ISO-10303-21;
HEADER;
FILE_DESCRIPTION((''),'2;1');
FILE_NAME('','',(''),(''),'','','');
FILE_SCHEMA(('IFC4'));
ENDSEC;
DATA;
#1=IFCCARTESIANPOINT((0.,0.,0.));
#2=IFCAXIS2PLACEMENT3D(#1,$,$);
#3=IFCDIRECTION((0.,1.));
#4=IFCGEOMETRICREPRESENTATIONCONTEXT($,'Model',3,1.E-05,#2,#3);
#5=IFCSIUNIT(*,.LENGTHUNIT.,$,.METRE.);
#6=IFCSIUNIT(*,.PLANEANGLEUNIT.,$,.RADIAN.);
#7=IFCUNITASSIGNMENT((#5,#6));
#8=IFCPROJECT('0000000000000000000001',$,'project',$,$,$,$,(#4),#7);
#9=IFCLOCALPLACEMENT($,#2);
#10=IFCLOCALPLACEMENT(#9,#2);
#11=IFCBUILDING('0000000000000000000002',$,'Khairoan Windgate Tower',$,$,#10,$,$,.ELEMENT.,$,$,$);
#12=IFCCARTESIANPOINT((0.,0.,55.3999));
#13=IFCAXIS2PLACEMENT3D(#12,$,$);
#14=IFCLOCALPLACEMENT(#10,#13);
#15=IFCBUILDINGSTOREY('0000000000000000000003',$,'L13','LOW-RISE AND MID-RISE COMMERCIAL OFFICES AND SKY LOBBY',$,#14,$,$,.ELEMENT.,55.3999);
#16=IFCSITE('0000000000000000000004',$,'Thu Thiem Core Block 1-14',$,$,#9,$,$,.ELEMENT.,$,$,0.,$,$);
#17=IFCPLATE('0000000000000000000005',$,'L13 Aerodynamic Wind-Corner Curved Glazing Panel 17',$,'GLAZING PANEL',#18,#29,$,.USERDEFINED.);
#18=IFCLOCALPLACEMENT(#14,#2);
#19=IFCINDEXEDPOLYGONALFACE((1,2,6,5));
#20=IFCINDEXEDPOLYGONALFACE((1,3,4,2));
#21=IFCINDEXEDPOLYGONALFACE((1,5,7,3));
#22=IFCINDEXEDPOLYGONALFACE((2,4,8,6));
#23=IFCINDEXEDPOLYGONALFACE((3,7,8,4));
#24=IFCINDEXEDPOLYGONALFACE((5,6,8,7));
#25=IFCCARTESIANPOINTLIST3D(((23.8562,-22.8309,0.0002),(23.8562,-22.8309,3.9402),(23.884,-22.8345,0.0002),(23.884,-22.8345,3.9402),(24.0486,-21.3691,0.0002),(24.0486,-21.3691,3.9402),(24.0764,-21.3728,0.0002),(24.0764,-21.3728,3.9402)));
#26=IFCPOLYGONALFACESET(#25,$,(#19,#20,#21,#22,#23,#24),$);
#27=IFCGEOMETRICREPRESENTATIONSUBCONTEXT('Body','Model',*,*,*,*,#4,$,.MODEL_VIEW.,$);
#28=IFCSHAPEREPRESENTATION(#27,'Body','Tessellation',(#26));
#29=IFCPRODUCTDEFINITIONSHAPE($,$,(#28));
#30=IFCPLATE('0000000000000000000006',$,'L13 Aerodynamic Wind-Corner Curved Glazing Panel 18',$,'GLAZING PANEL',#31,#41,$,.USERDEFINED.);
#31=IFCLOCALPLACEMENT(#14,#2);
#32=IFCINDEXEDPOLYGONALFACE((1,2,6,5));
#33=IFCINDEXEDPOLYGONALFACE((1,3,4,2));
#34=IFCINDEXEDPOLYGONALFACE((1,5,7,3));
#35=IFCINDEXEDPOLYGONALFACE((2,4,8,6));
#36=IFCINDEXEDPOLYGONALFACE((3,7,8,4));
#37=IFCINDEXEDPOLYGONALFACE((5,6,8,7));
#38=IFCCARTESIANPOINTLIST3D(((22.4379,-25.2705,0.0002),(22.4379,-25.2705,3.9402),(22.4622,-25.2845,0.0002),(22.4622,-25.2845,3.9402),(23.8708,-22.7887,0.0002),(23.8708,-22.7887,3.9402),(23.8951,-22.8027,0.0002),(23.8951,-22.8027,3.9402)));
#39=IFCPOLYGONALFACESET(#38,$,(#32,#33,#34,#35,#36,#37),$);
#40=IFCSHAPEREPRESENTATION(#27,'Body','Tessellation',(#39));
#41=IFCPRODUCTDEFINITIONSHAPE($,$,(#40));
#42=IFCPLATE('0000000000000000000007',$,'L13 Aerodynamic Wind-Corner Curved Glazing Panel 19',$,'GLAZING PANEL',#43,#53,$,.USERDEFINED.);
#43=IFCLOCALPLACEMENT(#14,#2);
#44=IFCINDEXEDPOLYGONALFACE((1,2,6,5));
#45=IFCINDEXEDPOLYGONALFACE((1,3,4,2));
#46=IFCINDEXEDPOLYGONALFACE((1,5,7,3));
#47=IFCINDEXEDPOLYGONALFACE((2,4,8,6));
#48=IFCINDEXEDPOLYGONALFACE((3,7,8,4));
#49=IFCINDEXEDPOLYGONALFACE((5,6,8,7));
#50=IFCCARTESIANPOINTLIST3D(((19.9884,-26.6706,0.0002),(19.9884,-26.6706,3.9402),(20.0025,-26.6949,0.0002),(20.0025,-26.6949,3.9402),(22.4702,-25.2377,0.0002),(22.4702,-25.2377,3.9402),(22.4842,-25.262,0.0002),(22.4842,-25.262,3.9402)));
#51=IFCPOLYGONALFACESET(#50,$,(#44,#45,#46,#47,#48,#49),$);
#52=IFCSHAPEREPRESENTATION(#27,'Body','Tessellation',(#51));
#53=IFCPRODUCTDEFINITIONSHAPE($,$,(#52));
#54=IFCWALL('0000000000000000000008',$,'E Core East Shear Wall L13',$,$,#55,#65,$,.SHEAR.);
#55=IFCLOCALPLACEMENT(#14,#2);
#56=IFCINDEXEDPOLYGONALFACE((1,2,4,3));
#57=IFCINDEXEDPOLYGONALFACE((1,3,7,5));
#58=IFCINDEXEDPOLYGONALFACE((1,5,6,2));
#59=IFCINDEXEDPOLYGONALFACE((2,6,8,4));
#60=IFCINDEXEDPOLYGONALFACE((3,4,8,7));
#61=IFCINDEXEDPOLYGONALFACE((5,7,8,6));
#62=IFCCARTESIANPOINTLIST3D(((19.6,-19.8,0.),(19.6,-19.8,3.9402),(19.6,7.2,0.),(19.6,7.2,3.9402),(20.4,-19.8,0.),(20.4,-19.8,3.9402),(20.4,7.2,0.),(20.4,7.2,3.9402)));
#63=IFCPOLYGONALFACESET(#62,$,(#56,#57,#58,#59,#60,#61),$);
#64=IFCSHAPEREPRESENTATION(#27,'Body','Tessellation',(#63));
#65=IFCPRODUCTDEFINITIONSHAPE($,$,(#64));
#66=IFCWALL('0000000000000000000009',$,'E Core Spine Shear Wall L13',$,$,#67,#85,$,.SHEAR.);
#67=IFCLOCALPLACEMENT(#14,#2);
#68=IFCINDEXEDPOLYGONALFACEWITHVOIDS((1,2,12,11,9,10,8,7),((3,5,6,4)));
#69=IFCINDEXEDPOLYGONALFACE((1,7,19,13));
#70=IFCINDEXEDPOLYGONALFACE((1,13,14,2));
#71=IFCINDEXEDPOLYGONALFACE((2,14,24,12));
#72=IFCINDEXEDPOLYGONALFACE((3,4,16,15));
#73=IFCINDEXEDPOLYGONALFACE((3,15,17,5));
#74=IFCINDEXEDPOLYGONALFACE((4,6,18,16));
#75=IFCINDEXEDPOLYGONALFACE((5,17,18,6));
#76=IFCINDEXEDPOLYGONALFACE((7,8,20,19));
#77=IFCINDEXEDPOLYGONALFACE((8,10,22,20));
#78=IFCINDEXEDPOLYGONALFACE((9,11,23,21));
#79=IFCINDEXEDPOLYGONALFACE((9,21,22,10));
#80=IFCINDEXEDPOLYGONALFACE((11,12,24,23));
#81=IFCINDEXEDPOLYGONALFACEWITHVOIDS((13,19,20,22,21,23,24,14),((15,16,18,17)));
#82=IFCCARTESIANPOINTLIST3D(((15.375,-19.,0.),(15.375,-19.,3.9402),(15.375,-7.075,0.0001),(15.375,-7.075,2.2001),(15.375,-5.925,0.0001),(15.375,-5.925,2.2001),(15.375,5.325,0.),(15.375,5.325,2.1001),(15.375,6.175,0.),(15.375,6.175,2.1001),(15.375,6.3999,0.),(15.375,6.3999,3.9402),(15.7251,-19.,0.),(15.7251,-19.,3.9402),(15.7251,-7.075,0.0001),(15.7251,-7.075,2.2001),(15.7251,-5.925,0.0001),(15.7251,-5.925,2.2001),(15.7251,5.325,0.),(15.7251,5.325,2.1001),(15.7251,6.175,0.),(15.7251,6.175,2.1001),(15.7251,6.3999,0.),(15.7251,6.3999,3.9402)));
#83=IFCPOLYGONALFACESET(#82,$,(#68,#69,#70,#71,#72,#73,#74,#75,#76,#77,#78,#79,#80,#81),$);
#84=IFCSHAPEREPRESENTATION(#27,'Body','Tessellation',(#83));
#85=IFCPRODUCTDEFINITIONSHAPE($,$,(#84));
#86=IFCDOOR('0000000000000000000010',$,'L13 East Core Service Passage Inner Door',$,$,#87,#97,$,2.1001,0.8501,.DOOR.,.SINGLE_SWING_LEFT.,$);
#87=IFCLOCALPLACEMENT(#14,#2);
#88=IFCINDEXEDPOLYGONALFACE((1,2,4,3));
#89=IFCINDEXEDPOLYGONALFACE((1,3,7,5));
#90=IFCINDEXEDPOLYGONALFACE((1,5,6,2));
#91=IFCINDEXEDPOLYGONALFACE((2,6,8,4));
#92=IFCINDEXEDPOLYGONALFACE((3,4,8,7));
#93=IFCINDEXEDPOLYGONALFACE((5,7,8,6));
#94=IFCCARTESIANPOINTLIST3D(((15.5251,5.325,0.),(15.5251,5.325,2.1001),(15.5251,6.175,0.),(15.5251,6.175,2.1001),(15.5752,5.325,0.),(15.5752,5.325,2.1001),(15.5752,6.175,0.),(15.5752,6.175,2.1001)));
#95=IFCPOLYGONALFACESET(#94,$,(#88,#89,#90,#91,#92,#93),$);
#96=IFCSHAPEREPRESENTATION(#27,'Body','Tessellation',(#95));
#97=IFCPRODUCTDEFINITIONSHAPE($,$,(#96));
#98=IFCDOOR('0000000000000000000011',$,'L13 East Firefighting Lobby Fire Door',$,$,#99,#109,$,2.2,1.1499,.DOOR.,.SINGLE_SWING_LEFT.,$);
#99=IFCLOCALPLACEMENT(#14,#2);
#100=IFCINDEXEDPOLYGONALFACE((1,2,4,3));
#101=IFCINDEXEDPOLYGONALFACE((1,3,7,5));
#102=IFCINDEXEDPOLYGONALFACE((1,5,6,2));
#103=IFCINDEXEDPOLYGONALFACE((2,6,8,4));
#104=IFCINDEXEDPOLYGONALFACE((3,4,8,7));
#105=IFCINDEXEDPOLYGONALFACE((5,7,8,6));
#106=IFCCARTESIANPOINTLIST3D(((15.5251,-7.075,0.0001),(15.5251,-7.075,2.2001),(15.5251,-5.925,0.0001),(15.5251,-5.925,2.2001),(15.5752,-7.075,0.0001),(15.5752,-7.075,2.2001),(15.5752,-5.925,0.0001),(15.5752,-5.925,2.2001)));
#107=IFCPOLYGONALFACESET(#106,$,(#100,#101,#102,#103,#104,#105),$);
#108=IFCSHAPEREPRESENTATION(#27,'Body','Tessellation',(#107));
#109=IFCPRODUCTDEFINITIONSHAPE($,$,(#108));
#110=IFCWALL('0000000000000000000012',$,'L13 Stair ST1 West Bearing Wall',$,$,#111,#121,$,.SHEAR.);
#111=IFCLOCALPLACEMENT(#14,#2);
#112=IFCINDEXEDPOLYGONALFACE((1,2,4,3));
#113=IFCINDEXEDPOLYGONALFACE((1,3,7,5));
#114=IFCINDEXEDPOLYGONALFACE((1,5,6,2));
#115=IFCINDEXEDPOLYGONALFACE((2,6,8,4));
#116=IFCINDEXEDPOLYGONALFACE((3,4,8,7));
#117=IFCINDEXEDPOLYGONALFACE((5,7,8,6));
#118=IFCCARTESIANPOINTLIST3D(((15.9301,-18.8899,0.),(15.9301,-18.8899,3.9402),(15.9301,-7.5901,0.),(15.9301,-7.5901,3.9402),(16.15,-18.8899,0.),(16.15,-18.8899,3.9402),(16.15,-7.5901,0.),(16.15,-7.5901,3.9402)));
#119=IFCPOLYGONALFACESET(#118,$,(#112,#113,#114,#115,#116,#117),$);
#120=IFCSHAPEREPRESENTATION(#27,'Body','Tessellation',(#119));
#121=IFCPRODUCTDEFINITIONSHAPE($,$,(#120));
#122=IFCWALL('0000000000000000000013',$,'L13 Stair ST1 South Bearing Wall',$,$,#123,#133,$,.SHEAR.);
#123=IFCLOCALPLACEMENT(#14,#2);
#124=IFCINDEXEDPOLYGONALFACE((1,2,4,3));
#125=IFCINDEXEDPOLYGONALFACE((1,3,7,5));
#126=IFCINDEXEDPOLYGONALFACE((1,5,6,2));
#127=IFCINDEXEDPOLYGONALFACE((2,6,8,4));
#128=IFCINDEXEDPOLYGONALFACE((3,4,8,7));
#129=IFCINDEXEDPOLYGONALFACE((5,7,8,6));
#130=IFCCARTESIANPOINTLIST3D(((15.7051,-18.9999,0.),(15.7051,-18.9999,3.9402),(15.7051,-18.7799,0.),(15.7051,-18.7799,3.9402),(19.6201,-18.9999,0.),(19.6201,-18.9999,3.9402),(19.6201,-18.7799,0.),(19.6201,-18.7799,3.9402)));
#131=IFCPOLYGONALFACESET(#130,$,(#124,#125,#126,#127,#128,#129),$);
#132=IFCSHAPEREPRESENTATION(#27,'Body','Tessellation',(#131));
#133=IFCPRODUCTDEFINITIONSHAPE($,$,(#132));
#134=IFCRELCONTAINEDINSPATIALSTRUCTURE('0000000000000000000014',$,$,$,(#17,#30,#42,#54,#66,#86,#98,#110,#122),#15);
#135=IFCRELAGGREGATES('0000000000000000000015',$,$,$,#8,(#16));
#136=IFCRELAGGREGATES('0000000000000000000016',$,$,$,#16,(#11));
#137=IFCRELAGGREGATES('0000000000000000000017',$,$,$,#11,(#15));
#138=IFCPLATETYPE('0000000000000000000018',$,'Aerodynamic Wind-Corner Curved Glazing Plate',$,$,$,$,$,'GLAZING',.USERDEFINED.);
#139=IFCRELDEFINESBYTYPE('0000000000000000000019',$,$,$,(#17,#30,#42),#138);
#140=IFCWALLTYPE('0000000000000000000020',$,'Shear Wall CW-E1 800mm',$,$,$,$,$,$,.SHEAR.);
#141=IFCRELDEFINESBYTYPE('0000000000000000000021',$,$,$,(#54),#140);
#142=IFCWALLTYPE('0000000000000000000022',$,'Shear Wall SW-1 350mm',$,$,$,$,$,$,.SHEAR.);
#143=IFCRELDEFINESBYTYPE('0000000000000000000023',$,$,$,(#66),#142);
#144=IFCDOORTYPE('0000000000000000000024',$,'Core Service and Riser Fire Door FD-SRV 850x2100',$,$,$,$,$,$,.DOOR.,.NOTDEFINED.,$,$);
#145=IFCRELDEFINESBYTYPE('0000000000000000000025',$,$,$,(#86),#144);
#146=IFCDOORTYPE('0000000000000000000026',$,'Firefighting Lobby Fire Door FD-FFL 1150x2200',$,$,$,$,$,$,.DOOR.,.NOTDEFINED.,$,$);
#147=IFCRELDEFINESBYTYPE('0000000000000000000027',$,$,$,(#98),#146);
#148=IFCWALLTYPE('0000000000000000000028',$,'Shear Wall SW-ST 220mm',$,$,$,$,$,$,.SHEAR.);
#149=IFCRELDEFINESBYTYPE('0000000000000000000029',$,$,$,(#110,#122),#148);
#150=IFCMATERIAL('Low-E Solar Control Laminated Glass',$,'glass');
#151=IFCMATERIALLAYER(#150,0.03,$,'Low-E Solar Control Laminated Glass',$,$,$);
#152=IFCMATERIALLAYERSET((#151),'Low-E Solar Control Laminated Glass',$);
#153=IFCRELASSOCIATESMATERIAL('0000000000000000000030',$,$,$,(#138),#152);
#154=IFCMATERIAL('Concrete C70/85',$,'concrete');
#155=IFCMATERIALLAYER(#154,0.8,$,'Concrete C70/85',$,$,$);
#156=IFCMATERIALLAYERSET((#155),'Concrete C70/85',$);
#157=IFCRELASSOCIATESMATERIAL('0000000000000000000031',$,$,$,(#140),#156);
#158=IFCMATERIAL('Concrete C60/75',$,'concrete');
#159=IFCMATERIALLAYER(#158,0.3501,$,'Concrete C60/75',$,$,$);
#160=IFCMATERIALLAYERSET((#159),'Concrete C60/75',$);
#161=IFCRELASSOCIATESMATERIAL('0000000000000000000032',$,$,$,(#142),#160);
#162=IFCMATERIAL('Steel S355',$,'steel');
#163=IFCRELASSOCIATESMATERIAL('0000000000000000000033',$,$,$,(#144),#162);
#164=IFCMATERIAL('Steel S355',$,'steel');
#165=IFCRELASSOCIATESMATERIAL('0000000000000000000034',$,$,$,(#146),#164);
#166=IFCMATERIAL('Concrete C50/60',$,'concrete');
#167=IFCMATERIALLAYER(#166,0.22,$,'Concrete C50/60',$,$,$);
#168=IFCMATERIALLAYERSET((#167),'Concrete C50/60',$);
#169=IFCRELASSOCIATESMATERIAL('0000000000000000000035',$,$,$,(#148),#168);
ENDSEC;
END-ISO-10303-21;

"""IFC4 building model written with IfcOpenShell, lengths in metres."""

from ifc_helpers import new_model, si_unit, direction, frame, frame_2d, origin, origin_2d, place, context, subcontext, project, spatial, rectangle, extrude, material, layer, layer_set, type_object, element, fill, save


model = new_model("IFC4")

# Units and contexts
model_context = context("Model", 3, precision=1e-05, world=origin(), true_north=direction((0.0, 1.0)))
body_context = subcontext(model_context, "Body", "Model", "MODEL_VIEW")
ifc_project = project(units=[si_unit("LENGTHUNIT", "METRE"), si_unit("PLANEANGLEUNIT", "RADIAN")], contexts=[model_context])

# Site, building, storey
site_placement = place(None, origin())
building_placement = place(site_placement, origin())
storey_placement = place(building_placement, frame((0.0, 0.0, 55.3999)))
site = spatial("IfcSite", under=ifc_project, at=site_placement, Name="Thu Thiem Core Block 1-14", CompositionType="ELEMENT", RefElevation=0.0)
building = spatial("IfcBuilding", under=site, at=building_placement, Name="Khairoan Windgate Tower", CompositionType="ELEMENT")
storey = spatial("IfcBuildingStorey", under=building, at=storey_placement, Name="L13", Description="LOW-RISE AND MID-RISE COMMERCIAL OFFICES AND SKY LOBBY", CompositionType="ELEMENT", Elevation=55.3999)

# Plates
ifc_material_1 = material(Name="Low-E Solar Control Laminated Glass", Category="glass")
ifc_layer_1 = layer(ifc_material_1, 0.03, Name="Low-E Solar Control Laminated Glass")
ifc_layer_set_1 = layer_set([ifc_layer_1], Name="Low-E Solar Control Laminated Glass")
plate_type_1 = type_object("IfcPlateType", Name="Aerodynamic Wind-Corner Curved Glazing Plate", ElementType="GLAZING", PredefinedType="USERDEFINED", material=ifc_layer_set_1)
plate_1_placement = place(storey_placement, frame((23.9663, -22.1018, 0.0002), z_axis=(0.0, 0.0, 1.0), x_axis=(-0.130526, -0.991445, 0.0)))
element("IfcPlate", 1, at=plate_1_placement, inside=storey, type_object=plate_type_1, Name="L13 Aerodynamic Wind-Corner Curved Glazing Panel 17", ObjectType="GLAZING PANEL", PredefinedType="USERDEFINED", context=body_context, shape_type="SweptSolid", body=[
    extrude(rectangle(XDim=1.4744, YDim=0.0281, at=origin_2d()), origin(), (0.0, 0.0, 1.0), 3.9399),
])
for number, where, z_axis, x_axis, name in (
    (2, (23.1665, -24.0366, 0.0002), (0.0, 0.0, 1.0), (-0.5, -0.866025, 0.0), "L13 Aerodynamic Wind-Corner Curved Glazing Panel 18"),
    (3, (21.2363, -25.9663, 0.0002), (0.0, 0.0, 1.0), (-0.866025, -0.5, 0.0), "L13 Aerodynamic Wind-Corner Curved Glazing Panel 19"),
):
    element("IfcPlate", number, at=place(storey_placement, frame(where, z_axis=z_axis, x_axis=x_axis)), inside=storey, type_object=plate_type_1, Name=name, ObjectType="GLAZING PANEL", PredefinedType="USERDEFINED", context=body_context, shape_type="SweptSolid", body=[
        extrude(rectangle(XDim=2.8657, YDim=0.0281, at=origin_2d()), origin(), (0.0, 0.0, 1.0), 3.9399),
    ])

# Wall
ifc_material_2 = material(Name="Concrete C70/85", Category="concrete")
ifc_layer_2 = layer(ifc_material_2, 0.8, Name="Concrete C70/85")
ifc_layer_set_2 = layer_set([ifc_layer_2], Name="Concrete C70/85")
wall_type_1 = type_object("IfcWallType", Name="Shear Wall CW-E1 800mm", PredefinedType="SHEAR", material=ifc_layer_set_2)
wall_1_placement = place(storey_placement, frame((20.0, -19.8, 0.0), z_axis=(0.0, 0.0, 1.0), x_axis=(0.0, 1.0, 0.0)))
element("IfcWall", 4, at=wall_1_placement, inside=storey, type_object=wall_type_1, Name="E Core East Shear Wall L13", PredefinedType="SHEAR", context=body_context, shape_type="SweptSolid", body=[
    extrude(rectangle(XDim=27.0, YDim=0.8, at=frame_2d((13.5, 0.0))), origin(), (0.0, 0.0, 1.0), 3.9402),
])

# Wall, openings, doors
ifc_material_3 = material(Name="Concrete C60/75", Category="concrete")
ifc_layer_3 = layer(ifc_material_3, 0.3501, Name="Concrete C60/75")
ifc_layer_set_3 = layer_set([ifc_layer_3], Name="Concrete C60/75")
wall_type_2 = type_object("IfcWallType", Name="Shear Wall SW-1 350mm", PredefinedType="SHEAR", material=ifc_layer_set_3)
wall_2_placement = place(storey_placement, frame((15.55, -19.0, 0.0), z_axis=(0.0, 0.0, 1.0), x_axis=(0.0, 1.0, 0.0)))
wall_2 = element("IfcWall", 5, at=wall_2_placement, inside=storey, type_object=wall_type_2, Name="E Core Spine Shear Wall L13", PredefinedType="SHEAR", context=body_context, shape_type="SweptSolid", body=[
    extrude(rectangle(XDim=25.3999, YDim=0.3501, at=frame_2d((12.7, 0.0))), origin(), (0.0, 0.0, 1.0), 3.9402),
])
opening_1_placement = place(wall_2_placement, frame((11.925, 0.0, 0.0)))
opening_1 = element("IfcOpeningElement", 6, at=opening_1_placement, cuts=wall_2, PredefinedType="OPENING", context=body_context, shape_type="SweptSolid", body=[
    extrude(rectangle(XDim=1.1499, YDim=2.2, at=frame_2d((0.575, 1.1001))), frame((0.0, 0.1851, 0.0), z_axis=(0.0, -1.0, 0.0), x_axis=(1.0, 0.0, 0.0)), (0.0, 0.0, 1.0), 0.3701),
])
opening_2_placement = place(wall_2_placement, frame((24.325, 0.0, 0.0)))
opening_2 = element("IfcOpeningElement", 7, at=opening_2_placement, cuts=wall_2, PredefinedType="OPENING", context=body_context, shape_type="SweptSolid", body=[
    extrude(rectangle(XDim=0.8501, YDim=2.1001, at=frame_2d((0.425, 1.05))), frame((0.0, 0.1851, 0.0), z_axis=(0.0, -1.0, 0.0), x_axis=(1.0, 0.0, 0.0)), (0.0, 0.0, 1.0), 0.3701),
])
ifc_material_4 = material(Name="Steel S355", Category="steel")
door_type_1 = type_object("IfcDoorType", Name="Core Service and Riser Fire Door FD-SRV 850x2100", OperationType="NOTDEFINED", PredefinedType="DOOR", material=ifc_material_4)
door_1_placement = place(opening_2_placement, origin())
door_1 = element("IfcDoor", 8, at=door_1_placement, inside=storey, type_object=door_type_1, Name="L13 East Core Service Passage Inner Door", OperationType="SINGLE_SWING_LEFT", OverallHeight=2.1001, OverallWidth=0.8501, PredefinedType="DOOR", context=body_context, shape_type="SweptSolid", body=[
    extrude(rectangle(XDim=0.8501, YDim=2.1001, at=frame_2d((0.425, 1.05))), frame((0.0, 0.0249, 0.0), z_axis=(0.0, -1.0, 0.0), x_axis=(1.0, 0.0, 0.0)), (0.0, 0.0, 1.0), 0.05),
])
fill(opening_2, door_1)
ifc_material_5 = material(Name="Steel S355", Category="steel")
door_type_2 = type_object("IfcDoorType", Name="Firefighting Lobby Fire Door FD-FFL 1150x2200", OperationType="NOTDEFINED", PredefinedType="DOOR", material=ifc_material_5)
door_2_placement = place(opening_1_placement, origin())
door_2 = element("IfcDoor", 9, at=door_2_placement, inside=storey, type_object=door_type_2, Name="L13 East Firefighting Lobby Fire Door", OperationType="SINGLE_SWING_LEFT", OverallHeight=2.2, OverallWidth=1.1499, PredefinedType="DOOR", context=body_context, shape_type="SweptSolid", body=[
    extrude(rectangle(XDim=1.1499, YDim=2.2, at=frame_2d((0.575, 1.1001))), frame((0.0, 0.0249, 0.0), z_axis=(0.0, -1.0, 0.0), x_axis=(1.0, 0.0, 0.0)), (0.0, 0.0, 1.0), 0.05),
])
fill(opening_1, door_2)

# Walls
ifc_material_6 = material(Name="Concrete C50/60", Category="concrete")
ifc_layer_4 = layer(ifc_material_6, 0.22, Name="Concrete C50/60")
ifc_layer_set_4 = layer_set([ifc_layer_4], Name="Concrete C50/60")
wall_type_3 = type_object("IfcWallType", Name="Shear Wall SW-ST 220mm", PredefinedType="SHEAR", material=ifc_layer_set_4)
wall_3_placement = place(storey_placement, frame((16.04, -18.8899, 0.0), z_axis=(0.0, 0.0, 1.0), x_axis=(0.0, 1.0, 0.0)))
element("IfcWall", 10, at=wall_3_placement, inside=storey, type_object=wall_type_3, Name="L13 Stair ST1 West Bearing Wall", PredefinedType="SHEAR", context=body_context, shape_type="SweptSolid", body=[
    extrude(rectangle(XDim=11.2998, YDim=0.22, at=frame_2d((5.6499, 0.0))), origin(), (0.0, 0.0, 1.0), 3.9402),
])
wall_4_placement = place(storey_placement, frame((15.7051, -18.8899, 0.0), z_axis=(0.0, 0.0, 1.0), x_axis=(1.0, 0.0, 0.0)))
element("IfcWall", 11, at=wall_4_placement, inside=storey, type_object=wall_type_3, Name="L13 Stair ST1 South Bearing Wall", PredefinedType="SHEAR", context=body_context, shape_type="SweptSolid", body=[
    extrude(rectangle(XDim=3.915, YDim=0.22, at=frame_2d((1.9575, 0.0))), origin(), (0.0, 0.0, 1.0), 3.9402),
])

save(model, "model.ifc")
